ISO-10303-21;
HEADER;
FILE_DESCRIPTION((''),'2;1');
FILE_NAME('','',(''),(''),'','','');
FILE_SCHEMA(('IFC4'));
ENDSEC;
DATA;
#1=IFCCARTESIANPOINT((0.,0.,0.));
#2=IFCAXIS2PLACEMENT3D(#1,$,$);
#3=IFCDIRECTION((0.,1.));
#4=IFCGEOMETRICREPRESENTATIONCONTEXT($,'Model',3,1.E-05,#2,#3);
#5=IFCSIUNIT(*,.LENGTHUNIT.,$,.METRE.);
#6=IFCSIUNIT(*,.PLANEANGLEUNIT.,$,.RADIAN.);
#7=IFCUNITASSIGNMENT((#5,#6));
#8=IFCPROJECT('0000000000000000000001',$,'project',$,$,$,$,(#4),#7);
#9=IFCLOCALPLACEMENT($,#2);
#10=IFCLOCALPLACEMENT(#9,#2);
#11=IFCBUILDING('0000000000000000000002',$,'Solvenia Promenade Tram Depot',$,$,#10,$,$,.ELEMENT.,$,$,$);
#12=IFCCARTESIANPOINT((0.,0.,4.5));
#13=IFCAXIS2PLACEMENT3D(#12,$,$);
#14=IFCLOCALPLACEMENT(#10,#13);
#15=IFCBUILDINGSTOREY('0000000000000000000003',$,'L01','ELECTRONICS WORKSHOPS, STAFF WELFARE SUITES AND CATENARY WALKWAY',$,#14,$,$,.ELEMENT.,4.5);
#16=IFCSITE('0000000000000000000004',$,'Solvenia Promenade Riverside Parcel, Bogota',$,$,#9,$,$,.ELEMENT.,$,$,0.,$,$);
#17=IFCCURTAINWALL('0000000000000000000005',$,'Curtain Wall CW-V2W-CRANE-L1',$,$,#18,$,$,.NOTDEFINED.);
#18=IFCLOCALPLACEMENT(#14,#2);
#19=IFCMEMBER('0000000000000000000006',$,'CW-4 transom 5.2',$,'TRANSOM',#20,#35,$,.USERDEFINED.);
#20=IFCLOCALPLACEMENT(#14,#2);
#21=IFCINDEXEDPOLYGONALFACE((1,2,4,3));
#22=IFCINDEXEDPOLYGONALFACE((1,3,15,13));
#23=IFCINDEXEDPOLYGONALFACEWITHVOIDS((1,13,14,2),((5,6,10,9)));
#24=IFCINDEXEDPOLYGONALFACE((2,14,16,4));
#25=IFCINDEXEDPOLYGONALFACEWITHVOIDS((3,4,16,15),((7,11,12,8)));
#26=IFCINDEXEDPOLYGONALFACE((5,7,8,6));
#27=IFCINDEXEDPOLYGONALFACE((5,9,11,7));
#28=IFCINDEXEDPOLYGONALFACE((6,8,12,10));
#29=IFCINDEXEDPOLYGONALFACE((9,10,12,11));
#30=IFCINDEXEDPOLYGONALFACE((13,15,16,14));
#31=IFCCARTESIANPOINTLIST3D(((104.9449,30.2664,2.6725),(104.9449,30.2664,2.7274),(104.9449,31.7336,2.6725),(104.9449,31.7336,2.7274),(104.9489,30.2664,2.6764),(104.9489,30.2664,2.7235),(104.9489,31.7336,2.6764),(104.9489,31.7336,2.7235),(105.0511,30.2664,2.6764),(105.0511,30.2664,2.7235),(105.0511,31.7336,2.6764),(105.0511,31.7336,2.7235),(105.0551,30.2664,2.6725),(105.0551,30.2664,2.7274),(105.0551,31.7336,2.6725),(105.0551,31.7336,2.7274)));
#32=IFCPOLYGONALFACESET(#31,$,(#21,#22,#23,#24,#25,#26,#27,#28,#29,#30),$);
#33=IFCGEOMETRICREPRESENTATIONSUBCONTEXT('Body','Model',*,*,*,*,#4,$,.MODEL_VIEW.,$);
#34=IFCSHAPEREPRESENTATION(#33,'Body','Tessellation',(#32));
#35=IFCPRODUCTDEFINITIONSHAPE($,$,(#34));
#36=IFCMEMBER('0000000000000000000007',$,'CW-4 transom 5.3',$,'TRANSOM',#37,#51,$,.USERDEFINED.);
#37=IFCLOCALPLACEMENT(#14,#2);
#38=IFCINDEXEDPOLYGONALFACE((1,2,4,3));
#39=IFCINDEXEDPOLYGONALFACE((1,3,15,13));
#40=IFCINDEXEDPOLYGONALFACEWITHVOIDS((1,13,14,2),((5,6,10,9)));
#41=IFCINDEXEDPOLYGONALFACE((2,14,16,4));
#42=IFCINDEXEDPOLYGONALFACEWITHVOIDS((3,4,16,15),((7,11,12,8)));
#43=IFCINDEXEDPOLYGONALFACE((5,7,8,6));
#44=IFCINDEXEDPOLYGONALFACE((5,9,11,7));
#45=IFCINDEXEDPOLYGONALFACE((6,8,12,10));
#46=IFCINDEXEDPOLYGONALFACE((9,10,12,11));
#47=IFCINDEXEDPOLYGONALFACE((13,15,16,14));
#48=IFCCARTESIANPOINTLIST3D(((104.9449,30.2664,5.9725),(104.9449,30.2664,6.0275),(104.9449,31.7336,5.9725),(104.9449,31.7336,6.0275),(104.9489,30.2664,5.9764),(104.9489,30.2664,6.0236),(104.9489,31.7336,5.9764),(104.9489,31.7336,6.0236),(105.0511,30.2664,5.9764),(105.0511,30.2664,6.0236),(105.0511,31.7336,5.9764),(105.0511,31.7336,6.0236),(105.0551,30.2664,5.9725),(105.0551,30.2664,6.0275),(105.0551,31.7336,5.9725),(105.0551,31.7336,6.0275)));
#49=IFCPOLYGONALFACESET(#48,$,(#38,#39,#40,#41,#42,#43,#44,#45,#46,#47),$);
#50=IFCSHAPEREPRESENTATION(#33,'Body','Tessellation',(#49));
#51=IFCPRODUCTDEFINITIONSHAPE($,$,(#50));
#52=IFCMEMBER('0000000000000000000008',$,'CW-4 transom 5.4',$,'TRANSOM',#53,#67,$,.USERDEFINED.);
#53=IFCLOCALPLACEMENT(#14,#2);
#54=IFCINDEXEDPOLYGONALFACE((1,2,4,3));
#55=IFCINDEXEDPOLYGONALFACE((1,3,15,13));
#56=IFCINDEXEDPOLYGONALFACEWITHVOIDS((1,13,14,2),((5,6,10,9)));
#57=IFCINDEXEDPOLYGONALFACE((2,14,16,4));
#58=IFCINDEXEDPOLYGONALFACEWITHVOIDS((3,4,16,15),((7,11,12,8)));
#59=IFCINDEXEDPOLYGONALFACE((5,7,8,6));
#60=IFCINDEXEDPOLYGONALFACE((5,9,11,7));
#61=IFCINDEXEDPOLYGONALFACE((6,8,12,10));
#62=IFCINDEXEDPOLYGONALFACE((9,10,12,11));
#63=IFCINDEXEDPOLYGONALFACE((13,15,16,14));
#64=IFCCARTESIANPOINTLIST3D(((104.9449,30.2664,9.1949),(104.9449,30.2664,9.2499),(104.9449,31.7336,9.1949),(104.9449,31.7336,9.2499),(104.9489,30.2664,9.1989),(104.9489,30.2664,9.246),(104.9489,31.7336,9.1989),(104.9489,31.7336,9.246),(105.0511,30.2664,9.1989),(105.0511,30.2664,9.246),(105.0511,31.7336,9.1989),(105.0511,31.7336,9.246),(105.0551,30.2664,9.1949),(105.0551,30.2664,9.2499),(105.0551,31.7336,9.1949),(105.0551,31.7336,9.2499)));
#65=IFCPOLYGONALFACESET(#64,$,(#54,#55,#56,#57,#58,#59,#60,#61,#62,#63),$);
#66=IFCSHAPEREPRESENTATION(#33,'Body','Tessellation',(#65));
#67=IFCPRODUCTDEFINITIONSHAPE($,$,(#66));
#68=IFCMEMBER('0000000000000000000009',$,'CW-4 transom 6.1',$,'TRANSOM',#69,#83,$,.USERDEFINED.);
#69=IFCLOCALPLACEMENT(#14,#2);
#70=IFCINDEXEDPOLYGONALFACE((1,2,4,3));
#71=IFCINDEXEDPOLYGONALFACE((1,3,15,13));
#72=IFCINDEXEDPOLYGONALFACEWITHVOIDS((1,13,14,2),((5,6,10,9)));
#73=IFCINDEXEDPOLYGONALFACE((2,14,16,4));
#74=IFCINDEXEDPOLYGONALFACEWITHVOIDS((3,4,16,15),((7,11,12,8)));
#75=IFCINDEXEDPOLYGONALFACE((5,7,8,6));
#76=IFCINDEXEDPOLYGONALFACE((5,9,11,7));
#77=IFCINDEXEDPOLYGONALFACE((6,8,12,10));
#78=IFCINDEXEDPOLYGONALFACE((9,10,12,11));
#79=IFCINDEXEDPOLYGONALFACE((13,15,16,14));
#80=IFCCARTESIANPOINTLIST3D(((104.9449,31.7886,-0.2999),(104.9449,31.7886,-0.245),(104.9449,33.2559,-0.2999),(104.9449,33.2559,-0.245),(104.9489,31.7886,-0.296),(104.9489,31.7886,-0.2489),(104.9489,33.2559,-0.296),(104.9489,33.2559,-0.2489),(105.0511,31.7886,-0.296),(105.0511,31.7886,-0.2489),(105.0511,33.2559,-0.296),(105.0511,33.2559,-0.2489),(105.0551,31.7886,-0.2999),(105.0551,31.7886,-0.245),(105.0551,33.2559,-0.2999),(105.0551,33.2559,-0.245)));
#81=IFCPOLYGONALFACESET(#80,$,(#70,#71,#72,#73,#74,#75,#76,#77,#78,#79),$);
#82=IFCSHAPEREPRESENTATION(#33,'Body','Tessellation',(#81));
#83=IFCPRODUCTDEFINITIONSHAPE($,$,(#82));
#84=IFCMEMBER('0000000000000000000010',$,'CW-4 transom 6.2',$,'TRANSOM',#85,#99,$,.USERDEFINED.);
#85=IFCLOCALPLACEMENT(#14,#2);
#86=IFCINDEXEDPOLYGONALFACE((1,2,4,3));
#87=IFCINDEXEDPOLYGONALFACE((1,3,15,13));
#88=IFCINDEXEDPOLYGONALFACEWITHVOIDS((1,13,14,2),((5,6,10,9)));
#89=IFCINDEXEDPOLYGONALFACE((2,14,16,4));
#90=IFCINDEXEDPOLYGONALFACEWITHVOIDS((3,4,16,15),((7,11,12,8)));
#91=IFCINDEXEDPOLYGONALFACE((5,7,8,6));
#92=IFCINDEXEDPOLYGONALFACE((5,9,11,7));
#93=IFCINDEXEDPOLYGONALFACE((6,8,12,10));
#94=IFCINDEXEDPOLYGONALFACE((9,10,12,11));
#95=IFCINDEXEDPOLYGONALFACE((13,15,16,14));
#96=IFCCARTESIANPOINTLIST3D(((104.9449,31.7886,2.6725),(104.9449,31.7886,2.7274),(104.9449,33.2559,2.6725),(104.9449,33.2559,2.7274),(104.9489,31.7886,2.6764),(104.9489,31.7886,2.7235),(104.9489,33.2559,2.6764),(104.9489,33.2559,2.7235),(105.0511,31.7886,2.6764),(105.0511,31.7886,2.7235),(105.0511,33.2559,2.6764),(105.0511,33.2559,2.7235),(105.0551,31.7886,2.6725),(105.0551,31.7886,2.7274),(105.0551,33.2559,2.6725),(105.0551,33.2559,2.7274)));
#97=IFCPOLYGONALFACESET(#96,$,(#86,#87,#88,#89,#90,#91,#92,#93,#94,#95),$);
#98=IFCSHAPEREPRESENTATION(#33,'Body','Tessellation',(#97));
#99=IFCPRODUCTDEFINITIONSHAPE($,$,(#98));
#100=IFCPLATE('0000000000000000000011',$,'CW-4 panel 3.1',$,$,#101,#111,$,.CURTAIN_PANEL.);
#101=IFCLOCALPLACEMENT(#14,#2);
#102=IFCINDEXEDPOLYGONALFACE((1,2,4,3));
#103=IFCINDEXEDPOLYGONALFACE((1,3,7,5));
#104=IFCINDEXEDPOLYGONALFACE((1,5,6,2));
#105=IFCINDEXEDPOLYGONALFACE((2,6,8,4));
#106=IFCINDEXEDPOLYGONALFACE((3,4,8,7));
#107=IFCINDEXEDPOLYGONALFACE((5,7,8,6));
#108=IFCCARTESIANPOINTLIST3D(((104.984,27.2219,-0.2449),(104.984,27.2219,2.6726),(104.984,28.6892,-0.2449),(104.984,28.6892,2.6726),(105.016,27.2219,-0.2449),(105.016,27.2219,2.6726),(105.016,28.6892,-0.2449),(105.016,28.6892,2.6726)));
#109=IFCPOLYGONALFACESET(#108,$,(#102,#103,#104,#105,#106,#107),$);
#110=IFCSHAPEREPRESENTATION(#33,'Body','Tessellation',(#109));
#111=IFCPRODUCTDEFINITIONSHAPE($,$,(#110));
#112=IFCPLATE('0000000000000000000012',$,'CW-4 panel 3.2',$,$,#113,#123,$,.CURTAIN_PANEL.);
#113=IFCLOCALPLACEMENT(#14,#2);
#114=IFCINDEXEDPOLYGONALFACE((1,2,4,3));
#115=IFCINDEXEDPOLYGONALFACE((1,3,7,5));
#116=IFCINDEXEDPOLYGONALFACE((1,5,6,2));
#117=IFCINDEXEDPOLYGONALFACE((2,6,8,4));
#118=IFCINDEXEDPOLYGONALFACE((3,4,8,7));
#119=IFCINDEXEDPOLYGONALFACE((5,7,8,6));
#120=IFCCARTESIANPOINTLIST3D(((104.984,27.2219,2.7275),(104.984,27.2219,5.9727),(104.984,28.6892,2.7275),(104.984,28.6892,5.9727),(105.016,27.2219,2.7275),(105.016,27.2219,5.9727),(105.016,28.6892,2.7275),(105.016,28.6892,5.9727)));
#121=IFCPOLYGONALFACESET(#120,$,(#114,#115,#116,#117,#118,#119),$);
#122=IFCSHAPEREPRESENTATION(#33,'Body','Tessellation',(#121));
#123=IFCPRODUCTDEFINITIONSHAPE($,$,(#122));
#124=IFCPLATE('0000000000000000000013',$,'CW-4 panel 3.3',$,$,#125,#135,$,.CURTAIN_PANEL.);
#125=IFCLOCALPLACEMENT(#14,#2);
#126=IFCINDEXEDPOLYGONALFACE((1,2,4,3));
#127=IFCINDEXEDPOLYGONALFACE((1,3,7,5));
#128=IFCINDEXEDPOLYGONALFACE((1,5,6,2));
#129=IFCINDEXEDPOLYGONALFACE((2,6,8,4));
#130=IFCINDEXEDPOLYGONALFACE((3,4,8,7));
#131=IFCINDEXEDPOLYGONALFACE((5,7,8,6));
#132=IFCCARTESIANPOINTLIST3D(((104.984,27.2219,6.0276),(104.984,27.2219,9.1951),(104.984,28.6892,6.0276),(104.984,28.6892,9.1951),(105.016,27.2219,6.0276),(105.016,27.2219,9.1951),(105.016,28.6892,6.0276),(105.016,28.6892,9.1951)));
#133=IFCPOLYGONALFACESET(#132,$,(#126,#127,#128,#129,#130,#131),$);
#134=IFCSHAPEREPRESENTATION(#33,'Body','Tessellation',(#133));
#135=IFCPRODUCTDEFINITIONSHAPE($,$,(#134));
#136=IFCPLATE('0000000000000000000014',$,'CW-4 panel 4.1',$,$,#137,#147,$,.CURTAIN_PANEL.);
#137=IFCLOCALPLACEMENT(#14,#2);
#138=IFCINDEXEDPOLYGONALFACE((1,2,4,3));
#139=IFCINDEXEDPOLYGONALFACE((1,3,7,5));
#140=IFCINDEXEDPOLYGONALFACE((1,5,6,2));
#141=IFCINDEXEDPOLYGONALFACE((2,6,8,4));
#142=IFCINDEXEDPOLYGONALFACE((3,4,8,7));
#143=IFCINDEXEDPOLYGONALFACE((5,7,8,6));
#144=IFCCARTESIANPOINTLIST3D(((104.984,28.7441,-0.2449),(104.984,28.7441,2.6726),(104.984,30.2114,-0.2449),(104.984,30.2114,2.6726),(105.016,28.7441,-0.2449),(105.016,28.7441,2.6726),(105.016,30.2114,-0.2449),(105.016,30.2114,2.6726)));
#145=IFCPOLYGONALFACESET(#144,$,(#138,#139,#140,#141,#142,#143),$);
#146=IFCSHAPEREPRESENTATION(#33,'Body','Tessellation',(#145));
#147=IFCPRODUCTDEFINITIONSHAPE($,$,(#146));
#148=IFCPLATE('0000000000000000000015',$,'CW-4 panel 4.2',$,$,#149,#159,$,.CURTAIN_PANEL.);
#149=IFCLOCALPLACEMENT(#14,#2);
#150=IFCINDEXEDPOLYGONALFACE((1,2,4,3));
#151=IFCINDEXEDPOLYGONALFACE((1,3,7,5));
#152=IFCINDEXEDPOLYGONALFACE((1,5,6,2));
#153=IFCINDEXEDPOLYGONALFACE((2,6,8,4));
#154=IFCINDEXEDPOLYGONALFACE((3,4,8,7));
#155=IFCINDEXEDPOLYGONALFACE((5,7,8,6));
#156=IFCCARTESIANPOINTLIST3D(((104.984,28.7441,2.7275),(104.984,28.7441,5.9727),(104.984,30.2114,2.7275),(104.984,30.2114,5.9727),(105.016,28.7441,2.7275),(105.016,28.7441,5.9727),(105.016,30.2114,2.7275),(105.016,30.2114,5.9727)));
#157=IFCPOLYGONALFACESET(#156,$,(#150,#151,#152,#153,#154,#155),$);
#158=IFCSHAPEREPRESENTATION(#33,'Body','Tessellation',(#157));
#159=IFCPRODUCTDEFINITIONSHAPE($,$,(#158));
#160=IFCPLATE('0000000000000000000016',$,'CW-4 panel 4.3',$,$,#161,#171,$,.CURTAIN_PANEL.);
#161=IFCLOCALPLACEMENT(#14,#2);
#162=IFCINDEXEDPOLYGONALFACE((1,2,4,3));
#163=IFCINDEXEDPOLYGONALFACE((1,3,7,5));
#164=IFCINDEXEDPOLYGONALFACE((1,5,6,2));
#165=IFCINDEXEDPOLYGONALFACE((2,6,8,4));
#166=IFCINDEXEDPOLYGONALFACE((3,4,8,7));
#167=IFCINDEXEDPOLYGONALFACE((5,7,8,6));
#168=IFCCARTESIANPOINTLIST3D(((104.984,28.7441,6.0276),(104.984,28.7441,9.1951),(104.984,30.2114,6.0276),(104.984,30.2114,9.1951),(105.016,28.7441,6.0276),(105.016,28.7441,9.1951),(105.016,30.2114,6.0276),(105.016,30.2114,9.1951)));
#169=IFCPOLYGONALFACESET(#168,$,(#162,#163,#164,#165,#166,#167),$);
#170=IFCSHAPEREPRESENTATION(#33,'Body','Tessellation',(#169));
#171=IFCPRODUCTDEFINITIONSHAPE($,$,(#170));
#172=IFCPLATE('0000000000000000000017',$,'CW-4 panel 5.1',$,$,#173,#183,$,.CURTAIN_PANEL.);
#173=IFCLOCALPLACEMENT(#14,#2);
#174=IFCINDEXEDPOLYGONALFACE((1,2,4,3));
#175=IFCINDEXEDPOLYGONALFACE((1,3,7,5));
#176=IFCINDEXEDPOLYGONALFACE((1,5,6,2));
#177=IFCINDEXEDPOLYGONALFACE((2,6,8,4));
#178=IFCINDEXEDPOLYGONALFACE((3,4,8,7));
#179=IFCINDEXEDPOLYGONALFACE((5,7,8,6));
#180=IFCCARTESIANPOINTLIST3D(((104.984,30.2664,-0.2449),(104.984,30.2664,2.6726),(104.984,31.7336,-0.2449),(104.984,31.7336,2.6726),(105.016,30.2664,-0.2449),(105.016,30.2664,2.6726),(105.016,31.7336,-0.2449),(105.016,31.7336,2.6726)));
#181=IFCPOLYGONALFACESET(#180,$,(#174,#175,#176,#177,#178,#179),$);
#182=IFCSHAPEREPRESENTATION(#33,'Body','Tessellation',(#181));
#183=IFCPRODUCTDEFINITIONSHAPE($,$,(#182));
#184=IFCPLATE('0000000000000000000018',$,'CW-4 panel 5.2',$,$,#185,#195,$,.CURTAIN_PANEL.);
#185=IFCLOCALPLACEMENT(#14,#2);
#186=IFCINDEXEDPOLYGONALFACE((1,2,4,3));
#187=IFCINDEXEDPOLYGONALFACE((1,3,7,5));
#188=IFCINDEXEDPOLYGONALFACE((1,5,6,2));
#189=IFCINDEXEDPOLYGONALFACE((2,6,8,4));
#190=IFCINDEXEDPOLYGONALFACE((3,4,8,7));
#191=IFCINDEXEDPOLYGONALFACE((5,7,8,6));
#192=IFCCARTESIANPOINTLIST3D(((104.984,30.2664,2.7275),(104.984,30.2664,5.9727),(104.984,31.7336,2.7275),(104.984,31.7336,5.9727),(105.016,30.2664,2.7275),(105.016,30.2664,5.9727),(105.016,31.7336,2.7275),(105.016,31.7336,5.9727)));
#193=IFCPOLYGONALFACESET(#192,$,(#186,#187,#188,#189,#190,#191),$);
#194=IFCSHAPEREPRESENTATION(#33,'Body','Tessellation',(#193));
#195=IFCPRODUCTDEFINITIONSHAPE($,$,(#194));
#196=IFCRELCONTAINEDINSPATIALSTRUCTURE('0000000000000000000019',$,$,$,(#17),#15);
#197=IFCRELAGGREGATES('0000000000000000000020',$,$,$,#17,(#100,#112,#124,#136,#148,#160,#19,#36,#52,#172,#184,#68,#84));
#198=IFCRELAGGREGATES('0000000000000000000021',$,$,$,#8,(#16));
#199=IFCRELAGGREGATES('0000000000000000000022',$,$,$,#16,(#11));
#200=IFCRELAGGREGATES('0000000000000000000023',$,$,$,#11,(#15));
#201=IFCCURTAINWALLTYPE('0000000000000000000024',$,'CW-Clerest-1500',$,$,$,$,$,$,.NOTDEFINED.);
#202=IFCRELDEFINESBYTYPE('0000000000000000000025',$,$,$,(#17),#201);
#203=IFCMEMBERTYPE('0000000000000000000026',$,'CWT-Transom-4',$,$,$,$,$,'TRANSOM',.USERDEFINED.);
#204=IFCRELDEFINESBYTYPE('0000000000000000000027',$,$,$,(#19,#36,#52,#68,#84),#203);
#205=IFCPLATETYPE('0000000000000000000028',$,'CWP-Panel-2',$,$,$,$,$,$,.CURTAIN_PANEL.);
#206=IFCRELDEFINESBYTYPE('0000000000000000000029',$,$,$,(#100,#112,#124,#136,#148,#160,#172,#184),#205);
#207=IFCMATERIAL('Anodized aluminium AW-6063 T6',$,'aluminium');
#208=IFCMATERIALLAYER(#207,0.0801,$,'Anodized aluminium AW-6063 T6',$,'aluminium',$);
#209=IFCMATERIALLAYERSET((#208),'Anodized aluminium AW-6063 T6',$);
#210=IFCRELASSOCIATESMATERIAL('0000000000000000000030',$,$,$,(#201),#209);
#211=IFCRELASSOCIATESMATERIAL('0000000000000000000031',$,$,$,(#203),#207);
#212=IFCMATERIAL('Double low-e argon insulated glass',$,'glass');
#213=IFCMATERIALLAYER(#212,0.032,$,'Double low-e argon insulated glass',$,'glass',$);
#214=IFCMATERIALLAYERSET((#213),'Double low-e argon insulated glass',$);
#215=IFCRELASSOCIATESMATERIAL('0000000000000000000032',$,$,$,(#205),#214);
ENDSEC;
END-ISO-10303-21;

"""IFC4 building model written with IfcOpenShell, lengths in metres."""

from ifc_helpers import new_model, si_unit, direction, frame, origin, origin_2d, place, context, subcontext, project, spatial, rectangle, hollow_rectangle, extrude, material, layer, layer_set, material_profile, profile_set, type_object, element, aggregate, save


model = new_model("IFC4")

# Units and contexts
model_context = context("Model", 3, precision=1e-05, world=origin(), true_north=direction((0.0, 1.0)))
body_context = subcontext(model_context, "Body", "Model", "MODEL_VIEW")
ifc_project = project(units=[si_unit("LENGTHUNIT", "METRE"), si_unit("PLANEANGLEUNIT", "RADIAN")], contexts=[model_context])

# Site, building, storey
site_placement = place(None, origin())
site = spatial("IfcSite", under=ifc_project, at=site_placement, Name="Solvenia Promenade Riverside Parcel, Bogota", CompositionType="ELEMENT", RefElevation=0.0)
building_placement = place(site_placement, origin())
building = spatial("IfcBuilding", under=site, at=building_placement, Name="Solvenia Promenade Tram Depot", CompositionType="ELEMENT")
storey_placement = place(building_placement, frame((0.0, 0.0, 4.5)))
storey = spatial("IfcBuildingStorey", under=building, at=storey_placement, Name="L01", Description="ELECTRONICS WORKSHOPS, STAFF WELFARE SUITES AND CATENARY WALKWAY", CompositionType="ELEMENT", Elevation=4.5)

# Curtain wall, members, plates
ifc_material_1 = material(Name="Anodized aluminium AW-6063 T6", Category="aluminium")
ifc_layer_1 = layer(ifc_material_1, 0.0801, Name="Anodized aluminium AW-6063 T6", Category="aluminium")
ifc_layer_set_1 = layer_set([ifc_layer_1], Name="Anodized aluminium AW-6063 T6")
curtain_wall_type = type_object("IfcCurtainWallType", Name="CW-Clerest-1500", PredefinedType="NOTDEFINED", material=ifc_layer_set_1)
curtain_wall_placement = place(storey_placement, origin())
curtain_wall = element("IfcCurtainWall", 1, at=curtain_wall_placement, inside=storey, type_object=curtain_wall_type, Name="Curtain Wall CW-V2W-CRANE-L1", PredefinedType="NOTDEFINED")
ifc_material_profile_1 = material_profile(ifc_material_1, hollow_rectangle(XDim=0.1101, YDim=0.0549, WallThickness=0.0039, at=origin_2d()), Name="ALU-T4", Category="aluminium")
ifc_profile_set_1 = profile_set([ifc_material_profile_1], Name="Anodized aluminium AW-6063 T6")
member_type_1 = type_object("IfcMemberType", Name="CWT-Transom-4", ElementType="TRANSOM", PredefinedType="USERDEFINED", material=ifc_profile_set_1)
member_1_placement = place(storey_placement, frame((105.0, 30.2664, 2.7), z_axis=(0.0, 1.0, 0.0), x_axis=(-1.0, 0.0, 0.0)))
member_1 = element("IfcMember", 2, at=member_1_placement, type_object=member_type_1, Name="CW-4 transom 5.2", ObjectType="TRANSOM", PredefinedType="USERDEFINED", context=body_context, shape_type="SweptSolid", body=[
    extrude(hollow_rectangle(XDim=0.1101, YDim=0.0549, WallThickness=0.0039, at=origin_2d()), origin(), (0.0, 0.0, 1.0), 1.4673),
])
member_2_placement = place(storey_placement, frame((105.0, 30.2664, 6.0), z_axis=(0.0, 1.0, 0.0), x_axis=(-1.0, 0.0, 0.0)))
member_2 = element("IfcMember", 3, at=member_2_placement, type_object=member_type_1, Name="CW-4 transom 5.3", ObjectType="TRANSOM", PredefinedType="USERDEFINED", context=body_context, shape_type="SweptSolid", body=[
    extrude(hollow_rectangle(XDim=0.1101, YDim=0.0549, WallThickness=0.0039, at=origin_2d()), origin(), (0.0, 0.0, 1.0), 1.4673),
])
member_3_placement = place(storey_placement, frame((105.0, 30.2664, 9.2224), z_axis=(0.0, 1.0, 0.0), x_axis=(-1.0, 0.0, 0.0)))
member_3 = element("IfcMember", 4, at=member_3_placement, type_object=member_type_1, Name="CW-4 transom 5.4", ObjectType="TRANSOM", PredefinedType="USERDEFINED", context=body_context, shape_type="SweptSolid", body=[
    extrude(hollow_rectangle(XDim=0.1101, YDim=0.0549, WallThickness=0.0039, at=origin_2d()), origin(), (0.0, 0.0, 1.0), 1.4673),
])
member_4_placement = place(storey_placement, frame((105.0, 31.7886, -0.2725), z_axis=(0.0, 1.0, 0.0), x_axis=(-1.0, 0.0, 0.0)))
member_4 = element("IfcMember", 5, at=member_4_placement, type_object=member_type_1, Name="CW-4 transom 6.1", ObjectType="TRANSOM", PredefinedType="USERDEFINED", context=body_context, shape_type="SweptSolid", body=[
    extrude(hollow_rectangle(XDim=0.1101, YDim=0.0549, WallThickness=0.0039, at=origin_2d()), origin(), (0.0, 0.0, 1.0), 1.4673),
])
member_5_placement = place(storey_placement, frame((105.0, 31.7886, 2.7), z_axis=(0.0, 1.0, 0.0), x_axis=(-1.0, 0.0, 0.0)))
member_5 = element("IfcMember", 6, at=member_5_placement, type_object=member_type_1, Name="CW-4 transom 6.2", ObjectType="TRANSOM", PredefinedType="USERDEFINED", context=body_context, shape_type="SweptSolid", body=[
    extrude(hollow_rectangle(XDim=0.1101, YDim=0.0549, WallThickness=0.0039, at=origin_2d()), origin(), (0.0, 0.0, 1.0), 1.4673),
])
ifc_material_2 = material(Name="Double low-e argon insulated glass", Category="glass")
ifc_layer_2 = layer(ifc_material_2, 0.032, Name="Double low-e argon insulated glass", Category="glass")
ifc_layer_set_2 = layer_set([ifc_layer_2], Name="Double low-e argon insulated glass")
plate_type = type_object("IfcPlateType", Name="CWP-Panel-2", PredefinedType="CURTAIN_PANEL", material=ifc_layer_set_2)
plate_1_placement = place(storey_placement, frame((105.0, 27.9556, -0.2449), z_axis=(0.0, 0.0, 1.0), x_axis=(0.0, 1.0, 0.0)))
plate_1 = element("IfcPlate", 7, at=plate_1_placement, type_object=plate_type, Name="CW-4 panel 3.1", PredefinedType="CURTAIN_PANEL", context=body_context, shape_type="SweptSolid", body=[
    extrude(rectangle(XDim=1.4673, YDim=0.032, at=origin_2d()), origin(), (0.0, 0.0, 1.0), 2.9175),
])
plate_2_placement = place(storey_placement, frame((105.0, 27.9556, 2.7275), z_axis=(0.0, 0.0, 1.0), x_axis=(0.0, 1.0, 0.0)))
plate_2 = element("IfcPlate", 8, at=plate_2_placement, type_object=plate_type, Name="CW-4 panel 3.2", PredefinedType="CURTAIN_PANEL", context=body_context, shape_type="SweptSolid", body=[
    extrude(rectangle(XDim=1.4673, YDim=0.032, at=origin_2d()), origin(), (0.0, 0.0, 1.0), 3.2451),
])
plate_3_placement = place(storey_placement, frame((105.0, 27.9556, 6.0276), z_axis=(0.0, 0.0, 1.0), x_axis=(0.0, 1.0, 0.0)))
plate_3 = element("IfcPlate", 9, at=plate_3_placement, type_object=plate_type, Name="CW-4 panel 3.3", PredefinedType="CURTAIN_PANEL", context=body_context, shape_type="SweptSolid", body=[
    extrude(rectangle(XDim=1.4673, YDim=0.032, at=origin_2d()), origin(), (0.0, 0.0, 1.0), 3.1675),
])
plate_4_placement = place(storey_placement, frame((105.0, 29.4778, -0.2449), z_axis=(0.0, 0.0, 1.0), x_axis=(0.0, 1.0, 0.0)))
plate_4 = element("IfcPlate", 10, at=plate_4_placement, type_object=plate_type, Name="CW-4 panel 4.1", PredefinedType="CURTAIN_PANEL", context=body_context, shape_type="SweptSolid", body=[
    extrude(rectangle(XDim=1.4673, YDim=0.032, at=origin_2d()), origin(), (0.0, 0.0, 1.0), 2.9175),
])
plate_5_placement = place(storey_placement, frame((105.0, 29.4778, 2.7275), z_axis=(0.0, 0.0, 1.0), x_axis=(0.0, 1.0, 0.0)))
plate_5 = element("IfcPlate", 11, at=plate_5_placement, type_object=plate_type, Name="CW-4 panel 4.2", PredefinedType="CURTAIN_PANEL", context=body_context, shape_type="SweptSolid", body=[
    extrude(rectangle(XDim=1.4673, YDim=0.032, at=origin_2d()), origin(), (0.0, 0.0, 1.0), 3.2451),
])
plate_6_placement = place(storey_placement, frame((105.0, 29.4778, 6.0276), z_axis=(0.0, 0.0, 1.0), x_axis=(0.0, 1.0, 0.0)))
plate_6 = element("IfcPlate", 12, at=plate_6_placement, type_object=plate_type, Name="CW-4 panel 4.3", PredefinedType="CURTAIN_PANEL", context=body_context, shape_type="SweptSolid", body=[
    extrude(rectangle(XDim=1.4673, YDim=0.032, at=origin_2d()), origin(), (0.0, 0.0, 1.0), 3.1675),
])
plate_7_placement = place(storey_placement, frame((105.0, 31.0, -0.2449), z_axis=(0.0, 0.0, 1.0), x_axis=(0.0, 1.0, 0.0)))
plate_7 = element("IfcPlate", 13, at=plate_7_placement, type_object=plate_type, Name="CW-4 panel 5.1", PredefinedType="CURTAIN_PANEL", context=body_context, shape_type="SweptSolid", body=[
    extrude(rectangle(XDim=1.4673, YDim=0.032, at=origin_2d()), origin(), (0.0, 0.0, 1.0), 2.9175),
])
plate_8_placement = place(storey_placement, frame((105.0, 31.0, 2.7275), z_axis=(0.0, 0.0, 1.0), x_axis=(0.0, 1.0, 0.0)))
plate_8 = element("IfcPlate", 14, at=plate_8_placement, type_object=plate_type, Name="CW-4 panel 5.2", PredefinedType="CURTAIN_PANEL", context=body_context, shape_type="SweptSolid", body=[
    extrude(rectangle(XDim=1.4673, YDim=0.032, at=origin_2d()), origin(), (0.0, 0.0, 1.0), 3.2451),
])
aggregate(curtain_wall, [plate_1, plate_2, plate_3, plate_4, plate_5, plate_6, member_1, member_2, member_3, plate_7, plate_8, member_4, member_5])

save(model, "model.ifc")
